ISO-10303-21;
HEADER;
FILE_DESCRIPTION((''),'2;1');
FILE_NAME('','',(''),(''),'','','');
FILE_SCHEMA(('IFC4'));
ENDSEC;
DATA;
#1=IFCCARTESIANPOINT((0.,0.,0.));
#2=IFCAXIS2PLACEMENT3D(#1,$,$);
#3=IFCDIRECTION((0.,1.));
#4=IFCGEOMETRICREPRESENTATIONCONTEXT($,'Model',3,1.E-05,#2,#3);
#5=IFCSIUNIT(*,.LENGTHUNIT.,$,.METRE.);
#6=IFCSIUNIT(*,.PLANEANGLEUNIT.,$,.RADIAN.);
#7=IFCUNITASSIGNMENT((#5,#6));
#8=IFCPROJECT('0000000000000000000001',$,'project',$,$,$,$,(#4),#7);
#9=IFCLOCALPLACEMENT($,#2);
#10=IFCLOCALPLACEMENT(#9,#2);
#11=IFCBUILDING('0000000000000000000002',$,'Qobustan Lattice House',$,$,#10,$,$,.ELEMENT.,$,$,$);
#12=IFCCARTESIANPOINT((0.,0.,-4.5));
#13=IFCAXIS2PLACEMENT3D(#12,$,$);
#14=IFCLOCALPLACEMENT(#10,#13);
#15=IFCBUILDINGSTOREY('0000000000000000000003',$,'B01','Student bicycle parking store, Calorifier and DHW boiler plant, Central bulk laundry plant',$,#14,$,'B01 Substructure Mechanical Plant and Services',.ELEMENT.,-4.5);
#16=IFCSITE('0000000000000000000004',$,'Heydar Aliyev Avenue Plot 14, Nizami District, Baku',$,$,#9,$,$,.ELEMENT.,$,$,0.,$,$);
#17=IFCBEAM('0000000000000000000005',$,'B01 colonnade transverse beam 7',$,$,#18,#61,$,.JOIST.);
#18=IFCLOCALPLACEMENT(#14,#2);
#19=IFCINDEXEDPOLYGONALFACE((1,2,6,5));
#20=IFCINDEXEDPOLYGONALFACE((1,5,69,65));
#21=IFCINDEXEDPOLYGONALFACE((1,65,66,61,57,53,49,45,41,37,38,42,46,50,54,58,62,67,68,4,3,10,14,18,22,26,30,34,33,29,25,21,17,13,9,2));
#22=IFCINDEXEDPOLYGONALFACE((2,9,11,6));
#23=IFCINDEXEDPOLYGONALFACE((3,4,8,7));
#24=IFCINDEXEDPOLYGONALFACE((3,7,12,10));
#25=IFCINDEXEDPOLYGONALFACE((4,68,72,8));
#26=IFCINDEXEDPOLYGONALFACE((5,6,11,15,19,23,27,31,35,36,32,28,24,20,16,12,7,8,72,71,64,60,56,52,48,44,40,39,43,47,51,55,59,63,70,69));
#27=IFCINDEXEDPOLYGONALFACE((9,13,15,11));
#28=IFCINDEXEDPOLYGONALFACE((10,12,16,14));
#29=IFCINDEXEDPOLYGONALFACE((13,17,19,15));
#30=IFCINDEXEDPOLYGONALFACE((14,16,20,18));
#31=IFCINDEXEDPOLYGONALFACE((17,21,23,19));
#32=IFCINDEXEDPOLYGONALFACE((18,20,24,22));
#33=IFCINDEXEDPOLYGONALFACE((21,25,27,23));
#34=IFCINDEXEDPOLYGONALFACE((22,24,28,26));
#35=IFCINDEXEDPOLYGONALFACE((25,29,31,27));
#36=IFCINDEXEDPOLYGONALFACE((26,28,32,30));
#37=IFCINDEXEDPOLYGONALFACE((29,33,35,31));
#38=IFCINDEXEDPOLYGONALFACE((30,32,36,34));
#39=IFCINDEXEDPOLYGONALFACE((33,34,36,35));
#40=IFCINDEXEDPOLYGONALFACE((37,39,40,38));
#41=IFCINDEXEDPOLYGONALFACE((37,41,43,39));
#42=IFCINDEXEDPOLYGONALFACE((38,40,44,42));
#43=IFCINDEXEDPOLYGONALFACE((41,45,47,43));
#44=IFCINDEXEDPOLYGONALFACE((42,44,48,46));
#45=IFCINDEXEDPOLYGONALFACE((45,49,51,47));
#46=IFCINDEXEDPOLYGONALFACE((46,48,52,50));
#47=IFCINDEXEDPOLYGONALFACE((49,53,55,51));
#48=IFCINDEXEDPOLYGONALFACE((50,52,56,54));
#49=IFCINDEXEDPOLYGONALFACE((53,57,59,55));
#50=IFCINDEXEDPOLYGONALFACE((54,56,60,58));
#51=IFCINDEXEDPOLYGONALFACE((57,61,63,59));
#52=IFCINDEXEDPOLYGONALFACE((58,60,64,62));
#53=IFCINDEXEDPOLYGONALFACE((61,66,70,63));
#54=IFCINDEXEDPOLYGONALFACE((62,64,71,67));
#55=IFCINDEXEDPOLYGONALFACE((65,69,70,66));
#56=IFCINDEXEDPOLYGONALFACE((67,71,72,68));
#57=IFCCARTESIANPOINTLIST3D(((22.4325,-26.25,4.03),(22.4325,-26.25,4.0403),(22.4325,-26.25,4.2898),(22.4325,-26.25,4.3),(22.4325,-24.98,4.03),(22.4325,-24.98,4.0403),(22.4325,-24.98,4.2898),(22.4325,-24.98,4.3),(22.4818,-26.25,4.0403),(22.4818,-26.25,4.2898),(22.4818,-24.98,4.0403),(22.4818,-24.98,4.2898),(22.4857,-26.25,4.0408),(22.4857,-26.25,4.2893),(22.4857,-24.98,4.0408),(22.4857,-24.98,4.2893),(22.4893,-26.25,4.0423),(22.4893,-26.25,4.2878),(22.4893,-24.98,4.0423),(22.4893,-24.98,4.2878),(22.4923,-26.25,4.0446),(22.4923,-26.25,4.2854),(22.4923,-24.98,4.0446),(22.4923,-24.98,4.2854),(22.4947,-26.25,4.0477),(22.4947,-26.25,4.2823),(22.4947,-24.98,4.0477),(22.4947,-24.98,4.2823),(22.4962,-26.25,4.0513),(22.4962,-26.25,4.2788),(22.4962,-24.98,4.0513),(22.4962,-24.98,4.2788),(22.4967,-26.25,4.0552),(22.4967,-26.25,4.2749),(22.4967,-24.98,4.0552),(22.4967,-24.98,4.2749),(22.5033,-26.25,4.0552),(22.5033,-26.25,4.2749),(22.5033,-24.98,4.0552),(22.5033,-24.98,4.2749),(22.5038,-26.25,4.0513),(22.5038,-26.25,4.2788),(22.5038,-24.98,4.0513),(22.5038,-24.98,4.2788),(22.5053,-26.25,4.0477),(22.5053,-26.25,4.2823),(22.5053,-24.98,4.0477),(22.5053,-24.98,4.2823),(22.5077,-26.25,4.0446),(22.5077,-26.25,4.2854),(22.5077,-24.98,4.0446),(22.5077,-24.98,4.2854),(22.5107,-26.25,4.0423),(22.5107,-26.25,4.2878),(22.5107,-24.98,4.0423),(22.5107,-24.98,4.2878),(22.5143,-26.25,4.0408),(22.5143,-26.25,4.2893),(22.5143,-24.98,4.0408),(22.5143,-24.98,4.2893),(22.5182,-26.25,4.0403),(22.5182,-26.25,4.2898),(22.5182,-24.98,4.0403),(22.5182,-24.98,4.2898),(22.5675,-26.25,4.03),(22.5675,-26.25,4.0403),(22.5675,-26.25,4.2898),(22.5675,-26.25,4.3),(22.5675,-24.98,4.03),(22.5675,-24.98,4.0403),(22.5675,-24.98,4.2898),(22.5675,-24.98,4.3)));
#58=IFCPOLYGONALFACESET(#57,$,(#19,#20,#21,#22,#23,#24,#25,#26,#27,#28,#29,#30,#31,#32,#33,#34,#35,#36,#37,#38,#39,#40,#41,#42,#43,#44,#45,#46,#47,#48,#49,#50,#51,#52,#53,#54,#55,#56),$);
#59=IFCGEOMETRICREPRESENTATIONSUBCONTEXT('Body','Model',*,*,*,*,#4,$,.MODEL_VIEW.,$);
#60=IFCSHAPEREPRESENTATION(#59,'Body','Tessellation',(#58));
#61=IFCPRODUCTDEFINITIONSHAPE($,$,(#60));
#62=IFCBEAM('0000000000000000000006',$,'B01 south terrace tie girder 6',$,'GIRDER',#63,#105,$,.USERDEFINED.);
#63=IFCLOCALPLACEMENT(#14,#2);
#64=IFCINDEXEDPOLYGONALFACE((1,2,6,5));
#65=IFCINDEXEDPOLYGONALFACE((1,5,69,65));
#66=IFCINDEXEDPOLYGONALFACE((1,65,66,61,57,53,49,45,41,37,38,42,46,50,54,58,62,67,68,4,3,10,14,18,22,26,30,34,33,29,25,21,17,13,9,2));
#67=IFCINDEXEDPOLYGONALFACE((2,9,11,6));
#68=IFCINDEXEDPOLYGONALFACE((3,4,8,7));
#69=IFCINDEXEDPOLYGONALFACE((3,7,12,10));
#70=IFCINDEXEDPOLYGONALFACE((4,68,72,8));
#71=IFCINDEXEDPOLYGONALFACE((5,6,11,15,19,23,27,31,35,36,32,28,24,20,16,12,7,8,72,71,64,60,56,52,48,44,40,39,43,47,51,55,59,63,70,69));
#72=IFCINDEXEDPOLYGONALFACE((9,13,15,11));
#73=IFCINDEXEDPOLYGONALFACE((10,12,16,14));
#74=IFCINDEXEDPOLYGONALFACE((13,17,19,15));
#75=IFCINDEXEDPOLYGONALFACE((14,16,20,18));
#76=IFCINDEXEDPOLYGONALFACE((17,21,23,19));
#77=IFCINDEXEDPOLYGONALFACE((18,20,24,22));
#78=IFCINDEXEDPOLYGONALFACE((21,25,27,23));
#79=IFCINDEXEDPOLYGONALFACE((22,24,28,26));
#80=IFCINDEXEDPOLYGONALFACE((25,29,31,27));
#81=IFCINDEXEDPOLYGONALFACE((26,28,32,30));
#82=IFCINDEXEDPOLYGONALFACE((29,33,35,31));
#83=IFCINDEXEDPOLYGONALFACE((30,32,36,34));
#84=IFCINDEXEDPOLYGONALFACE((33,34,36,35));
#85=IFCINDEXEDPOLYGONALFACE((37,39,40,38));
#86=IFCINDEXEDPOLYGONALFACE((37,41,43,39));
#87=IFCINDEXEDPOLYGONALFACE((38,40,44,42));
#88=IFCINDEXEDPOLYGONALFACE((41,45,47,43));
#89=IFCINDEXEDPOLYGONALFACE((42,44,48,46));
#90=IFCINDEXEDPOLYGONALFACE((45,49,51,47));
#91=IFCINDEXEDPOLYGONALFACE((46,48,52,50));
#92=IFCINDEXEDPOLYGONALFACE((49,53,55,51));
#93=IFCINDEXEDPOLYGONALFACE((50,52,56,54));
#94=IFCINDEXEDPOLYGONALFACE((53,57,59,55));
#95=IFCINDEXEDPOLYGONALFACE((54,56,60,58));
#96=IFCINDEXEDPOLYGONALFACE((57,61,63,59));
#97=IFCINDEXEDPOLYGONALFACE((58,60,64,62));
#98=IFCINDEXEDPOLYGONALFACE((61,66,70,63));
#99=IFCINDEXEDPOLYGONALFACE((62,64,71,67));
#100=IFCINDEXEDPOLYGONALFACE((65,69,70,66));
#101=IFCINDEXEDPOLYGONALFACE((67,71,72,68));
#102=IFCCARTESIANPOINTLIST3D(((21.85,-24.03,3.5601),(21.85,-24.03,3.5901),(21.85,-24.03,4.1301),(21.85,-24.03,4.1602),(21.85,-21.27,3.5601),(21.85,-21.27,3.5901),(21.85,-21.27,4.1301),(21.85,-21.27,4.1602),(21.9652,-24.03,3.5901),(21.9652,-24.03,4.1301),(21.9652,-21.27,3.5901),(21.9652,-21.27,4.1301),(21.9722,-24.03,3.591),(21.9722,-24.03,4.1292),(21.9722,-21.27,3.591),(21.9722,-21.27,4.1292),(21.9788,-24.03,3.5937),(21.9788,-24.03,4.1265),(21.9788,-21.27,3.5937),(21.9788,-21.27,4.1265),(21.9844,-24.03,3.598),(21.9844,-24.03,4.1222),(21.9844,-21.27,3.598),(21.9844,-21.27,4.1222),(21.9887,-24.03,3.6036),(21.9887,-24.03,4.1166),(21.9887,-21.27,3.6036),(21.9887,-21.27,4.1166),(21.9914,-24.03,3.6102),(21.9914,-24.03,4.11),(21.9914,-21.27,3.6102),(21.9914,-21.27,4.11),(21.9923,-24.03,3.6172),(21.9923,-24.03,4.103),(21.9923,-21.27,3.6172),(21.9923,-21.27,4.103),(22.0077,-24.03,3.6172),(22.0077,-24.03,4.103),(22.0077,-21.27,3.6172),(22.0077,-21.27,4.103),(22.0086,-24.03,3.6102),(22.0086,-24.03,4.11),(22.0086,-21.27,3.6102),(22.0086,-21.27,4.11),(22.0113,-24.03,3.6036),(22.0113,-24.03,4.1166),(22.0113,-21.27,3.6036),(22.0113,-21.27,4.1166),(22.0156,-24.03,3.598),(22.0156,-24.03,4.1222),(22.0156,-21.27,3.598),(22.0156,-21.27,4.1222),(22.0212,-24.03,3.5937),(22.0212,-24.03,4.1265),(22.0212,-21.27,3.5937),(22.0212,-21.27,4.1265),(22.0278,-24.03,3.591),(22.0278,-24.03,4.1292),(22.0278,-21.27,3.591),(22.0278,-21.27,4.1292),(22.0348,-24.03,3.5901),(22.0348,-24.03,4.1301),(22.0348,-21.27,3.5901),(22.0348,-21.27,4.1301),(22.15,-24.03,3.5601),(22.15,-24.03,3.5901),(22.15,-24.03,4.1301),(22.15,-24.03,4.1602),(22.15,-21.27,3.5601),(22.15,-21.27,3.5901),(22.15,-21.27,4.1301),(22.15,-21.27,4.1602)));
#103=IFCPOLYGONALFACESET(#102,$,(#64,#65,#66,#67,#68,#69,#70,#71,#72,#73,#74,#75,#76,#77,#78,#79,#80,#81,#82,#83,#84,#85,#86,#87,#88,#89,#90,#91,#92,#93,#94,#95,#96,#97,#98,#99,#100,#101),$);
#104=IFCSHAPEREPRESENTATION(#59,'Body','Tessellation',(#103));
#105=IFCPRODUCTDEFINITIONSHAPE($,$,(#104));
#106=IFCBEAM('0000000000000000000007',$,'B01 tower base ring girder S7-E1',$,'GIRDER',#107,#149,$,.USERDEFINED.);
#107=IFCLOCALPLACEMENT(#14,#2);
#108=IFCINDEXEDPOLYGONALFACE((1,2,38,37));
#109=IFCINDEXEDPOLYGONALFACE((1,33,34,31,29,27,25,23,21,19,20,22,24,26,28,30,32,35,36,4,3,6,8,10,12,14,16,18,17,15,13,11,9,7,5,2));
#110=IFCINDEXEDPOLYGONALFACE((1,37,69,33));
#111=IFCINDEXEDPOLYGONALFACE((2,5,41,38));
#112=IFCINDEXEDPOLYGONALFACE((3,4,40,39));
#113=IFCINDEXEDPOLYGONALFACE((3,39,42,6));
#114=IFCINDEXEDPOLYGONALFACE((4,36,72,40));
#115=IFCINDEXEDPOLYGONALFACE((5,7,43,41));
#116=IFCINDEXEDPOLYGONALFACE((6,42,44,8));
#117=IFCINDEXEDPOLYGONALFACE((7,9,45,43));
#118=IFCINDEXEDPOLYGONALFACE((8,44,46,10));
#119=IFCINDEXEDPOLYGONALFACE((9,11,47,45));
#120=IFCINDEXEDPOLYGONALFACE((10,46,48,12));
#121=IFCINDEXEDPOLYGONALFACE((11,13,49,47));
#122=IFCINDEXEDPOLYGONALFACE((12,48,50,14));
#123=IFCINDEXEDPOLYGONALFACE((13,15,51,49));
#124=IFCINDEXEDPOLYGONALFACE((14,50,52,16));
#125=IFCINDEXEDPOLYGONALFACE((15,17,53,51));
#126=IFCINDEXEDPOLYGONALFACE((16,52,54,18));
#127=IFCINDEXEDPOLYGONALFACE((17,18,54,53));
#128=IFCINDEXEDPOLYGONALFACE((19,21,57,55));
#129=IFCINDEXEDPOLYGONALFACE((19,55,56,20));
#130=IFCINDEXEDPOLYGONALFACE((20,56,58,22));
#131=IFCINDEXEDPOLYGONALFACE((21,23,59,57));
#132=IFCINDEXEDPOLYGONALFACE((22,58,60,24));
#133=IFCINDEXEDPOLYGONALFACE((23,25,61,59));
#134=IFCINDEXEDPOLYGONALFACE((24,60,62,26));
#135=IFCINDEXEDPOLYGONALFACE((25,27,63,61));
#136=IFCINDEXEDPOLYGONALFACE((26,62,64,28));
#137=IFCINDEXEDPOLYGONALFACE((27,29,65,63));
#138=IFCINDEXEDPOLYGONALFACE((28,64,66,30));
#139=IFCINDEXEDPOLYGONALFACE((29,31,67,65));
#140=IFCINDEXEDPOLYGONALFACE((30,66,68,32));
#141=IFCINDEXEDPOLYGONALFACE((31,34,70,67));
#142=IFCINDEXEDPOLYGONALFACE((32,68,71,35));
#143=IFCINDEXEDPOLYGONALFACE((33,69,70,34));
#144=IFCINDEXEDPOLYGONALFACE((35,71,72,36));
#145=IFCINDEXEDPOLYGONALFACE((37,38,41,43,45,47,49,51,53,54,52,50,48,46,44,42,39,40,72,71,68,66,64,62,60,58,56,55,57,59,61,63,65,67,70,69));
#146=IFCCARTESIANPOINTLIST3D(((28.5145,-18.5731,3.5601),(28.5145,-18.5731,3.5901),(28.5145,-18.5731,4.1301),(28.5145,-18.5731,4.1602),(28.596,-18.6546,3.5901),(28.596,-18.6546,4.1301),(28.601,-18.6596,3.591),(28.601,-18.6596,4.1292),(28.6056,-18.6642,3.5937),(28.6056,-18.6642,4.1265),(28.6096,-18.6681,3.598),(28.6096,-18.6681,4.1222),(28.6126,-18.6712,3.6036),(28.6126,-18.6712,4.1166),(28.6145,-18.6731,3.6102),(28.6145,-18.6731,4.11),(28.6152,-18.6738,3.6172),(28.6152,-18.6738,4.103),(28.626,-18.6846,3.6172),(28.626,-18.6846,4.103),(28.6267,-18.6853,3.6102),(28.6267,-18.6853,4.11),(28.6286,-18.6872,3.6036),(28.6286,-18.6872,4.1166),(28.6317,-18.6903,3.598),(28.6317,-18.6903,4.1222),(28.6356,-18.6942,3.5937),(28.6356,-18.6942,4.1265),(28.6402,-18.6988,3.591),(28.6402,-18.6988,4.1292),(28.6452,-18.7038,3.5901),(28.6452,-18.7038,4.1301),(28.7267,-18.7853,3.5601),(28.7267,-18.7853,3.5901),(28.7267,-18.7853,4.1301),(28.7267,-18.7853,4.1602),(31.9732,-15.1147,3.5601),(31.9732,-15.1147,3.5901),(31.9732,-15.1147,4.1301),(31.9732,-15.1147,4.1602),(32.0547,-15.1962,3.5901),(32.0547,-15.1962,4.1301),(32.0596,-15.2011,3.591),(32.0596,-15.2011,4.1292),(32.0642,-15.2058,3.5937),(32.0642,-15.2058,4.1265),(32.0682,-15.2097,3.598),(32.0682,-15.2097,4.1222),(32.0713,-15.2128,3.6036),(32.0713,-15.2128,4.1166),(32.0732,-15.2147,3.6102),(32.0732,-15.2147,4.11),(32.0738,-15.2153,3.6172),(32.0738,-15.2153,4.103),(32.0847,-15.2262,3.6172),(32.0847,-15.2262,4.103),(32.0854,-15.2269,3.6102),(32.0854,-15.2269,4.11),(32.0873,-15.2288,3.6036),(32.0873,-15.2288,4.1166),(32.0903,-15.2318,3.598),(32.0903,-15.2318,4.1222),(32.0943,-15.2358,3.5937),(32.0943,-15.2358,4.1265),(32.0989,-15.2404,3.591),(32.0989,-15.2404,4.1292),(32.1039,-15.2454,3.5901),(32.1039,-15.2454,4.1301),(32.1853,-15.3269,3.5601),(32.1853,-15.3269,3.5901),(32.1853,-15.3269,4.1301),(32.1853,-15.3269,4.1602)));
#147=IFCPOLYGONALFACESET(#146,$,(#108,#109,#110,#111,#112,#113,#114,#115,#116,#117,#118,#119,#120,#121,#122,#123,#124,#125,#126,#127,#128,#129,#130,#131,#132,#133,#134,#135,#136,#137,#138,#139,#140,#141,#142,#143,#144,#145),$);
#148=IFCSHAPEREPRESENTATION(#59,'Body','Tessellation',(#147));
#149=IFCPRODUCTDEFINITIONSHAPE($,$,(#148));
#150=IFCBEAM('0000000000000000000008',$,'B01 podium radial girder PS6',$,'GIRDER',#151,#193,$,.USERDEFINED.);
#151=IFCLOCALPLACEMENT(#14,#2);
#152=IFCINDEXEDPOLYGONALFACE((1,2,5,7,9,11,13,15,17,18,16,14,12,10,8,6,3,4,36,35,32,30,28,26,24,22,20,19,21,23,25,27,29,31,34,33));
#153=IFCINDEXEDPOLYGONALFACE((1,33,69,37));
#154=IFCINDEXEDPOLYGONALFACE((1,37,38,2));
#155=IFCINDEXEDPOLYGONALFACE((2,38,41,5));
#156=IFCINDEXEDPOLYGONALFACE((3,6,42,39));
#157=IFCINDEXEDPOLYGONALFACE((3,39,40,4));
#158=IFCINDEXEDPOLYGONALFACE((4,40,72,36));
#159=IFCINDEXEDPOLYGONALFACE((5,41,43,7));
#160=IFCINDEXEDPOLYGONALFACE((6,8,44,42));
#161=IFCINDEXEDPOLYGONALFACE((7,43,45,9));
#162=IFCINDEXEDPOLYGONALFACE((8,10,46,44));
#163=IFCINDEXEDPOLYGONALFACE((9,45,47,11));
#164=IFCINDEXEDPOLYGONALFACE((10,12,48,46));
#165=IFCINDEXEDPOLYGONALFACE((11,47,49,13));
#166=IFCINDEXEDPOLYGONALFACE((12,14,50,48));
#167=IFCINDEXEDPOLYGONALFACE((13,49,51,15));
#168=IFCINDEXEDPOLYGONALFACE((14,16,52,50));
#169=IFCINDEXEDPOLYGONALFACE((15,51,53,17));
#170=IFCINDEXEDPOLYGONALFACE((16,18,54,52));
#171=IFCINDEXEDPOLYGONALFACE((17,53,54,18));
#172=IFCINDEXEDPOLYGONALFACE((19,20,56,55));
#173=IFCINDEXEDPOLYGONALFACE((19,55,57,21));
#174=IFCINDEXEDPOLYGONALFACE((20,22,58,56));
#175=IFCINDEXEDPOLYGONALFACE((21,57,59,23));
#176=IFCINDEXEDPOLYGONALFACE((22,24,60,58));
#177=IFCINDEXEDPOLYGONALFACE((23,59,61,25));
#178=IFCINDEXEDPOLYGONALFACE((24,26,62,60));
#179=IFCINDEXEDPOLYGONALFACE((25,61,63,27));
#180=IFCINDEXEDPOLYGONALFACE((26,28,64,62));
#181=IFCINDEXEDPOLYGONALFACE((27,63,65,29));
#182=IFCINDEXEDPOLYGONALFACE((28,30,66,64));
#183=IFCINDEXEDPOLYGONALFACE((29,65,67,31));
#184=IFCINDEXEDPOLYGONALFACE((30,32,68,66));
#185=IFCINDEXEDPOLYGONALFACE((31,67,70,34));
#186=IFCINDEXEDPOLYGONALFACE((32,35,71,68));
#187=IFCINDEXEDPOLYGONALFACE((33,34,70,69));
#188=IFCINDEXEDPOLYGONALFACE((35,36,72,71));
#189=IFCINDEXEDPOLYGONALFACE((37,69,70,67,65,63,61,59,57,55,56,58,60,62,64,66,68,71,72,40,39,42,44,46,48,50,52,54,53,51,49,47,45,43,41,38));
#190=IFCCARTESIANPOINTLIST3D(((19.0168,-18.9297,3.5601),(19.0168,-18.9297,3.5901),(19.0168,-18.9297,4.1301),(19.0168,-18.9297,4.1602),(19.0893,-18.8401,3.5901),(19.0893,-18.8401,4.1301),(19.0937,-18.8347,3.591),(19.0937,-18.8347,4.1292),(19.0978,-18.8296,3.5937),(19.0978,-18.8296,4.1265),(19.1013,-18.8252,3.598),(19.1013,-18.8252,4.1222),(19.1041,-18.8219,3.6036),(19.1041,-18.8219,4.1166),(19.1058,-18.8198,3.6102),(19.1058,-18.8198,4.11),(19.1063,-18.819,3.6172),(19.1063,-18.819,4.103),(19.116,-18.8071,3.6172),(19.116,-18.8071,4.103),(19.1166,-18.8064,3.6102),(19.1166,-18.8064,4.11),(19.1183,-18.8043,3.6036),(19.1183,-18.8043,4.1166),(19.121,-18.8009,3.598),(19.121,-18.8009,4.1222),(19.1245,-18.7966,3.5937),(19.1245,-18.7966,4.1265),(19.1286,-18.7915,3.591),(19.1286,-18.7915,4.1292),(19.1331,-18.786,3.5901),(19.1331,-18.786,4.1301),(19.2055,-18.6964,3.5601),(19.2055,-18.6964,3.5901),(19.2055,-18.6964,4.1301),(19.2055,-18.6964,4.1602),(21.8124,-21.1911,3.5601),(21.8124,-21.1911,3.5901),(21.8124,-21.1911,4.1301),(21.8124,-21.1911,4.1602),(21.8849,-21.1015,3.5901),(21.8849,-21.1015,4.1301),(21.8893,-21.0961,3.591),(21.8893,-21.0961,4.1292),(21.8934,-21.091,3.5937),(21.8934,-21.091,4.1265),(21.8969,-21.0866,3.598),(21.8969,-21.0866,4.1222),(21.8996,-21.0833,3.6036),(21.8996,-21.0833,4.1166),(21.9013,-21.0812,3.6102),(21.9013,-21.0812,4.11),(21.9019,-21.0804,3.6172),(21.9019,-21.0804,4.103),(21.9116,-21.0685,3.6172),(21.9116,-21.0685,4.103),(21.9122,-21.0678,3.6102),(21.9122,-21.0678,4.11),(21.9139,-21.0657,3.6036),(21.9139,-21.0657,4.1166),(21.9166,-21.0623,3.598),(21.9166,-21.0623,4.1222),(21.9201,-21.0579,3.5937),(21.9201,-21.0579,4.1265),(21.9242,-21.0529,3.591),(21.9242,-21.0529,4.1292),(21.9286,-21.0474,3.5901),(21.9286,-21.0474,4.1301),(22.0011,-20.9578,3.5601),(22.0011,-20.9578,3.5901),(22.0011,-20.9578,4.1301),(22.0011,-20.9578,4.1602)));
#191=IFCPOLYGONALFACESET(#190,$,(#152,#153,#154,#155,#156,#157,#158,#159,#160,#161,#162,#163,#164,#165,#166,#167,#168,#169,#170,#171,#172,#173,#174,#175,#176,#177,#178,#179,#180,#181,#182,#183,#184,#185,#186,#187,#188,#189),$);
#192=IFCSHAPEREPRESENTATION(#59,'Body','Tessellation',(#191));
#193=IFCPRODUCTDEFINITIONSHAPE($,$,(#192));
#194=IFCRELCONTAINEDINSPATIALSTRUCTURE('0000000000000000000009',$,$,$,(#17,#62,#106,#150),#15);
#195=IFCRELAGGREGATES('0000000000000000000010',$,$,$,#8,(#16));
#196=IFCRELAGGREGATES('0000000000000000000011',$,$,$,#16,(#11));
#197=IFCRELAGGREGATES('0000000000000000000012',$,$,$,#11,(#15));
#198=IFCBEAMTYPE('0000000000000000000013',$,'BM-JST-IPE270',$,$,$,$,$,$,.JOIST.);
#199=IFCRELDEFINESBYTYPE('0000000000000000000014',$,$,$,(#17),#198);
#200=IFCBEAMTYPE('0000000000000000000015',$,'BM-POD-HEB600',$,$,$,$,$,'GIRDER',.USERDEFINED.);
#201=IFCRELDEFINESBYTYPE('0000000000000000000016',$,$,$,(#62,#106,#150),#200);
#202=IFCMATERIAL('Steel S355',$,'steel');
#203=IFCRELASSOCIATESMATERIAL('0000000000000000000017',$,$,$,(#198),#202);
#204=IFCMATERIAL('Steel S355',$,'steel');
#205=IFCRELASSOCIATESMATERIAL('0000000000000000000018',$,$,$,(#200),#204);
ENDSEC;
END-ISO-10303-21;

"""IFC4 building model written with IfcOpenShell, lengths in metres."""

from ifc_helpers import new_model, si_unit, direction, frame, origin, origin_2d, place, context, subcontext, project, spatial, i_section, extrude, material, material_profile, profile_set, type_object, element, save


model = new_model("IFC4")

# Units and contexts
model_context = context("Model", 3, precision=1e-05, world=origin(), true_north=direction((0.0, 1.0)))
body_context = subcontext(model_context, "Body", "Model", "MODEL_VIEW")
ifc_project = project(units=[si_unit("LENGTHUNIT", "METRE"), si_unit("PLANEANGLEUNIT", "RADIAN")], contexts=[model_context])

# Site, building, storey
site_placement = place(None, origin())
site = spatial("IfcSite", under=ifc_project, at=site_placement, Name="Heydar Aliyev Avenue Plot 14, Nizami District, Baku", CompositionType="ELEMENT", RefElevation=0.0)
building_placement = place(site_placement, origin())
building = spatial("IfcBuilding", under=site, at=building_placement, Name="Qobustan Lattice House", CompositionType="ELEMENT")
storey_placement = place(building_placement, frame((0.0, 0.0, -4.5)))
storey = spatial("IfcBuildingStorey", under=building, at=storey_placement, Name="B01", Description="Student bicycle parking store, Calorifier and DHW boiler plant, Central bulk laundry plant", LongName="B01 Substructure Mechanical Plant and Services", CompositionType="ELEMENT", Elevation=-4.5)

# Beams
ifc_material_1 = material(Name="Steel S355", Category="steel")
ifc_material_profile_1 = material_profile(ifc_material_1, i_section(OverallWidth=0.135, OverallDepth=0.27, WebThickness=0.0066, FlangeThickness=0.0103, FilletRadius=0.0149, at=origin_2d()), Name="IPE270")
ifc_profile_set_1 = profile_set([ifc_material_profile_1], Name="Steel S355")
beam_type_1 = type_object("IfcBeamType", Name="BM-JST-IPE270", PredefinedType="JOIST", material=ifc_profile_set_1)
beam_1_placement = place(storey_placement, frame((22.5, -26.25, 4.165), z_axis=(0.0, 1.0, 0.0), x_axis=(-1.0, 0.0, 0.0)))
element("IfcBeam", 1, at=beam_1_placement, inside=storey, type_object=beam_type_1, Name="B01 colonnade transverse beam 7", PredefinedType="JOIST", context=body_context, shape_type="SweptSolid", body=[
    extrude(i_section(OverallWidth=0.135, OverallDepth=0.27, WebThickness=0.0066, FlangeThickness=0.0103, FilletRadius=0.0149, at=origin_2d()), origin(), (0.0, 0.0, 1.0), 1.27),
])
ifc_material_2 = material(Name="Steel S355", Category="steel")
ifc_material_profile_2 = material_profile(ifc_material_2, i_section(OverallWidth=0.3, OverallDepth=0.6001, WebThickness=0.0154, FlangeThickness=0.03, FilletRadius=0.0271, at=origin_2d()), Name="HEB600")
ifc_profile_set_2 = profile_set([ifc_material_profile_2], Name="Steel S355")
beam_type_2 = type_object("IfcBeamType", Name="BM-POD-HEB600", ElementType="GIRDER", PredefinedType="USERDEFINED", material=ifc_profile_set_2)
beam_2_placement = place(storey_placement, frame((22.0, -24.03, 3.8601), z_axis=(0.0, 1.0, 0.0), x_axis=(-1.0, 0.0, 0.0)))
element("IfcBeam", 2, at=beam_2_placement, inside=storey, type_object=beam_type_2, Name="B01 south terrace tie girder 6", ObjectType="GIRDER", PredefinedType="USERDEFINED", context=body_context, shape_type="SweptSolid", body=[
    extrude(i_section(OverallWidth=0.3, OverallDepth=0.6001, WebThickness=0.0154, FlangeThickness=0.03, FilletRadius=0.0271, at=origin_2d()), origin(), (0.0, 0.0, 1.0), 2.76),
])
beam_3_placement = place(storey_placement, frame((28.6206, -18.6792, 3.8601), z_axis=(0.707132, 0.707082, 0.0), x_axis=(-0.707082, 0.707132, 0.0)))
element("IfcBeam", 3, at=beam_3_placement, inside=storey, type_object=beam_type_2, Name="B01 tower base ring girder S7-E1", ObjectType="GIRDER", PredefinedType="USERDEFINED", context=body_context, shape_type="SweptSolid", body=[
    extrude(i_section(OverallWidth=0.3, OverallDepth=0.6001, WebThickness=0.0154, FlangeThickness=0.03, FilletRadius=0.0271, at=origin_2d()), origin(), (0.0, 0.0, 1.0), 4.8911),
])
beam_4_placement = place(storey_placement, frame((21.9067, -21.0745, 3.8601), z_axis=(-0.777473, 0.628917, 0.0), x_axis=(-0.628917, -0.777473, 0.0)))
element("IfcBeam", 4, at=beam_4_placement, inside=storey, type_object=beam_type_2, Name="B01 podium radial girder PS6", ObjectType="GIRDER", PredefinedType="USERDEFINED", context=body_context, shape_type="SweptSolid", body=[
    extrude(i_section(OverallWidth=0.3, OverallDepth=0.6001, WebThickness=0.0154, FlangeThickness=0.03, FilletRadius=0.0271, at=origin_2d()), origin(), (0.0, 0.0, 1.0), 3.5957),
])

save(model, "model.ifc")
